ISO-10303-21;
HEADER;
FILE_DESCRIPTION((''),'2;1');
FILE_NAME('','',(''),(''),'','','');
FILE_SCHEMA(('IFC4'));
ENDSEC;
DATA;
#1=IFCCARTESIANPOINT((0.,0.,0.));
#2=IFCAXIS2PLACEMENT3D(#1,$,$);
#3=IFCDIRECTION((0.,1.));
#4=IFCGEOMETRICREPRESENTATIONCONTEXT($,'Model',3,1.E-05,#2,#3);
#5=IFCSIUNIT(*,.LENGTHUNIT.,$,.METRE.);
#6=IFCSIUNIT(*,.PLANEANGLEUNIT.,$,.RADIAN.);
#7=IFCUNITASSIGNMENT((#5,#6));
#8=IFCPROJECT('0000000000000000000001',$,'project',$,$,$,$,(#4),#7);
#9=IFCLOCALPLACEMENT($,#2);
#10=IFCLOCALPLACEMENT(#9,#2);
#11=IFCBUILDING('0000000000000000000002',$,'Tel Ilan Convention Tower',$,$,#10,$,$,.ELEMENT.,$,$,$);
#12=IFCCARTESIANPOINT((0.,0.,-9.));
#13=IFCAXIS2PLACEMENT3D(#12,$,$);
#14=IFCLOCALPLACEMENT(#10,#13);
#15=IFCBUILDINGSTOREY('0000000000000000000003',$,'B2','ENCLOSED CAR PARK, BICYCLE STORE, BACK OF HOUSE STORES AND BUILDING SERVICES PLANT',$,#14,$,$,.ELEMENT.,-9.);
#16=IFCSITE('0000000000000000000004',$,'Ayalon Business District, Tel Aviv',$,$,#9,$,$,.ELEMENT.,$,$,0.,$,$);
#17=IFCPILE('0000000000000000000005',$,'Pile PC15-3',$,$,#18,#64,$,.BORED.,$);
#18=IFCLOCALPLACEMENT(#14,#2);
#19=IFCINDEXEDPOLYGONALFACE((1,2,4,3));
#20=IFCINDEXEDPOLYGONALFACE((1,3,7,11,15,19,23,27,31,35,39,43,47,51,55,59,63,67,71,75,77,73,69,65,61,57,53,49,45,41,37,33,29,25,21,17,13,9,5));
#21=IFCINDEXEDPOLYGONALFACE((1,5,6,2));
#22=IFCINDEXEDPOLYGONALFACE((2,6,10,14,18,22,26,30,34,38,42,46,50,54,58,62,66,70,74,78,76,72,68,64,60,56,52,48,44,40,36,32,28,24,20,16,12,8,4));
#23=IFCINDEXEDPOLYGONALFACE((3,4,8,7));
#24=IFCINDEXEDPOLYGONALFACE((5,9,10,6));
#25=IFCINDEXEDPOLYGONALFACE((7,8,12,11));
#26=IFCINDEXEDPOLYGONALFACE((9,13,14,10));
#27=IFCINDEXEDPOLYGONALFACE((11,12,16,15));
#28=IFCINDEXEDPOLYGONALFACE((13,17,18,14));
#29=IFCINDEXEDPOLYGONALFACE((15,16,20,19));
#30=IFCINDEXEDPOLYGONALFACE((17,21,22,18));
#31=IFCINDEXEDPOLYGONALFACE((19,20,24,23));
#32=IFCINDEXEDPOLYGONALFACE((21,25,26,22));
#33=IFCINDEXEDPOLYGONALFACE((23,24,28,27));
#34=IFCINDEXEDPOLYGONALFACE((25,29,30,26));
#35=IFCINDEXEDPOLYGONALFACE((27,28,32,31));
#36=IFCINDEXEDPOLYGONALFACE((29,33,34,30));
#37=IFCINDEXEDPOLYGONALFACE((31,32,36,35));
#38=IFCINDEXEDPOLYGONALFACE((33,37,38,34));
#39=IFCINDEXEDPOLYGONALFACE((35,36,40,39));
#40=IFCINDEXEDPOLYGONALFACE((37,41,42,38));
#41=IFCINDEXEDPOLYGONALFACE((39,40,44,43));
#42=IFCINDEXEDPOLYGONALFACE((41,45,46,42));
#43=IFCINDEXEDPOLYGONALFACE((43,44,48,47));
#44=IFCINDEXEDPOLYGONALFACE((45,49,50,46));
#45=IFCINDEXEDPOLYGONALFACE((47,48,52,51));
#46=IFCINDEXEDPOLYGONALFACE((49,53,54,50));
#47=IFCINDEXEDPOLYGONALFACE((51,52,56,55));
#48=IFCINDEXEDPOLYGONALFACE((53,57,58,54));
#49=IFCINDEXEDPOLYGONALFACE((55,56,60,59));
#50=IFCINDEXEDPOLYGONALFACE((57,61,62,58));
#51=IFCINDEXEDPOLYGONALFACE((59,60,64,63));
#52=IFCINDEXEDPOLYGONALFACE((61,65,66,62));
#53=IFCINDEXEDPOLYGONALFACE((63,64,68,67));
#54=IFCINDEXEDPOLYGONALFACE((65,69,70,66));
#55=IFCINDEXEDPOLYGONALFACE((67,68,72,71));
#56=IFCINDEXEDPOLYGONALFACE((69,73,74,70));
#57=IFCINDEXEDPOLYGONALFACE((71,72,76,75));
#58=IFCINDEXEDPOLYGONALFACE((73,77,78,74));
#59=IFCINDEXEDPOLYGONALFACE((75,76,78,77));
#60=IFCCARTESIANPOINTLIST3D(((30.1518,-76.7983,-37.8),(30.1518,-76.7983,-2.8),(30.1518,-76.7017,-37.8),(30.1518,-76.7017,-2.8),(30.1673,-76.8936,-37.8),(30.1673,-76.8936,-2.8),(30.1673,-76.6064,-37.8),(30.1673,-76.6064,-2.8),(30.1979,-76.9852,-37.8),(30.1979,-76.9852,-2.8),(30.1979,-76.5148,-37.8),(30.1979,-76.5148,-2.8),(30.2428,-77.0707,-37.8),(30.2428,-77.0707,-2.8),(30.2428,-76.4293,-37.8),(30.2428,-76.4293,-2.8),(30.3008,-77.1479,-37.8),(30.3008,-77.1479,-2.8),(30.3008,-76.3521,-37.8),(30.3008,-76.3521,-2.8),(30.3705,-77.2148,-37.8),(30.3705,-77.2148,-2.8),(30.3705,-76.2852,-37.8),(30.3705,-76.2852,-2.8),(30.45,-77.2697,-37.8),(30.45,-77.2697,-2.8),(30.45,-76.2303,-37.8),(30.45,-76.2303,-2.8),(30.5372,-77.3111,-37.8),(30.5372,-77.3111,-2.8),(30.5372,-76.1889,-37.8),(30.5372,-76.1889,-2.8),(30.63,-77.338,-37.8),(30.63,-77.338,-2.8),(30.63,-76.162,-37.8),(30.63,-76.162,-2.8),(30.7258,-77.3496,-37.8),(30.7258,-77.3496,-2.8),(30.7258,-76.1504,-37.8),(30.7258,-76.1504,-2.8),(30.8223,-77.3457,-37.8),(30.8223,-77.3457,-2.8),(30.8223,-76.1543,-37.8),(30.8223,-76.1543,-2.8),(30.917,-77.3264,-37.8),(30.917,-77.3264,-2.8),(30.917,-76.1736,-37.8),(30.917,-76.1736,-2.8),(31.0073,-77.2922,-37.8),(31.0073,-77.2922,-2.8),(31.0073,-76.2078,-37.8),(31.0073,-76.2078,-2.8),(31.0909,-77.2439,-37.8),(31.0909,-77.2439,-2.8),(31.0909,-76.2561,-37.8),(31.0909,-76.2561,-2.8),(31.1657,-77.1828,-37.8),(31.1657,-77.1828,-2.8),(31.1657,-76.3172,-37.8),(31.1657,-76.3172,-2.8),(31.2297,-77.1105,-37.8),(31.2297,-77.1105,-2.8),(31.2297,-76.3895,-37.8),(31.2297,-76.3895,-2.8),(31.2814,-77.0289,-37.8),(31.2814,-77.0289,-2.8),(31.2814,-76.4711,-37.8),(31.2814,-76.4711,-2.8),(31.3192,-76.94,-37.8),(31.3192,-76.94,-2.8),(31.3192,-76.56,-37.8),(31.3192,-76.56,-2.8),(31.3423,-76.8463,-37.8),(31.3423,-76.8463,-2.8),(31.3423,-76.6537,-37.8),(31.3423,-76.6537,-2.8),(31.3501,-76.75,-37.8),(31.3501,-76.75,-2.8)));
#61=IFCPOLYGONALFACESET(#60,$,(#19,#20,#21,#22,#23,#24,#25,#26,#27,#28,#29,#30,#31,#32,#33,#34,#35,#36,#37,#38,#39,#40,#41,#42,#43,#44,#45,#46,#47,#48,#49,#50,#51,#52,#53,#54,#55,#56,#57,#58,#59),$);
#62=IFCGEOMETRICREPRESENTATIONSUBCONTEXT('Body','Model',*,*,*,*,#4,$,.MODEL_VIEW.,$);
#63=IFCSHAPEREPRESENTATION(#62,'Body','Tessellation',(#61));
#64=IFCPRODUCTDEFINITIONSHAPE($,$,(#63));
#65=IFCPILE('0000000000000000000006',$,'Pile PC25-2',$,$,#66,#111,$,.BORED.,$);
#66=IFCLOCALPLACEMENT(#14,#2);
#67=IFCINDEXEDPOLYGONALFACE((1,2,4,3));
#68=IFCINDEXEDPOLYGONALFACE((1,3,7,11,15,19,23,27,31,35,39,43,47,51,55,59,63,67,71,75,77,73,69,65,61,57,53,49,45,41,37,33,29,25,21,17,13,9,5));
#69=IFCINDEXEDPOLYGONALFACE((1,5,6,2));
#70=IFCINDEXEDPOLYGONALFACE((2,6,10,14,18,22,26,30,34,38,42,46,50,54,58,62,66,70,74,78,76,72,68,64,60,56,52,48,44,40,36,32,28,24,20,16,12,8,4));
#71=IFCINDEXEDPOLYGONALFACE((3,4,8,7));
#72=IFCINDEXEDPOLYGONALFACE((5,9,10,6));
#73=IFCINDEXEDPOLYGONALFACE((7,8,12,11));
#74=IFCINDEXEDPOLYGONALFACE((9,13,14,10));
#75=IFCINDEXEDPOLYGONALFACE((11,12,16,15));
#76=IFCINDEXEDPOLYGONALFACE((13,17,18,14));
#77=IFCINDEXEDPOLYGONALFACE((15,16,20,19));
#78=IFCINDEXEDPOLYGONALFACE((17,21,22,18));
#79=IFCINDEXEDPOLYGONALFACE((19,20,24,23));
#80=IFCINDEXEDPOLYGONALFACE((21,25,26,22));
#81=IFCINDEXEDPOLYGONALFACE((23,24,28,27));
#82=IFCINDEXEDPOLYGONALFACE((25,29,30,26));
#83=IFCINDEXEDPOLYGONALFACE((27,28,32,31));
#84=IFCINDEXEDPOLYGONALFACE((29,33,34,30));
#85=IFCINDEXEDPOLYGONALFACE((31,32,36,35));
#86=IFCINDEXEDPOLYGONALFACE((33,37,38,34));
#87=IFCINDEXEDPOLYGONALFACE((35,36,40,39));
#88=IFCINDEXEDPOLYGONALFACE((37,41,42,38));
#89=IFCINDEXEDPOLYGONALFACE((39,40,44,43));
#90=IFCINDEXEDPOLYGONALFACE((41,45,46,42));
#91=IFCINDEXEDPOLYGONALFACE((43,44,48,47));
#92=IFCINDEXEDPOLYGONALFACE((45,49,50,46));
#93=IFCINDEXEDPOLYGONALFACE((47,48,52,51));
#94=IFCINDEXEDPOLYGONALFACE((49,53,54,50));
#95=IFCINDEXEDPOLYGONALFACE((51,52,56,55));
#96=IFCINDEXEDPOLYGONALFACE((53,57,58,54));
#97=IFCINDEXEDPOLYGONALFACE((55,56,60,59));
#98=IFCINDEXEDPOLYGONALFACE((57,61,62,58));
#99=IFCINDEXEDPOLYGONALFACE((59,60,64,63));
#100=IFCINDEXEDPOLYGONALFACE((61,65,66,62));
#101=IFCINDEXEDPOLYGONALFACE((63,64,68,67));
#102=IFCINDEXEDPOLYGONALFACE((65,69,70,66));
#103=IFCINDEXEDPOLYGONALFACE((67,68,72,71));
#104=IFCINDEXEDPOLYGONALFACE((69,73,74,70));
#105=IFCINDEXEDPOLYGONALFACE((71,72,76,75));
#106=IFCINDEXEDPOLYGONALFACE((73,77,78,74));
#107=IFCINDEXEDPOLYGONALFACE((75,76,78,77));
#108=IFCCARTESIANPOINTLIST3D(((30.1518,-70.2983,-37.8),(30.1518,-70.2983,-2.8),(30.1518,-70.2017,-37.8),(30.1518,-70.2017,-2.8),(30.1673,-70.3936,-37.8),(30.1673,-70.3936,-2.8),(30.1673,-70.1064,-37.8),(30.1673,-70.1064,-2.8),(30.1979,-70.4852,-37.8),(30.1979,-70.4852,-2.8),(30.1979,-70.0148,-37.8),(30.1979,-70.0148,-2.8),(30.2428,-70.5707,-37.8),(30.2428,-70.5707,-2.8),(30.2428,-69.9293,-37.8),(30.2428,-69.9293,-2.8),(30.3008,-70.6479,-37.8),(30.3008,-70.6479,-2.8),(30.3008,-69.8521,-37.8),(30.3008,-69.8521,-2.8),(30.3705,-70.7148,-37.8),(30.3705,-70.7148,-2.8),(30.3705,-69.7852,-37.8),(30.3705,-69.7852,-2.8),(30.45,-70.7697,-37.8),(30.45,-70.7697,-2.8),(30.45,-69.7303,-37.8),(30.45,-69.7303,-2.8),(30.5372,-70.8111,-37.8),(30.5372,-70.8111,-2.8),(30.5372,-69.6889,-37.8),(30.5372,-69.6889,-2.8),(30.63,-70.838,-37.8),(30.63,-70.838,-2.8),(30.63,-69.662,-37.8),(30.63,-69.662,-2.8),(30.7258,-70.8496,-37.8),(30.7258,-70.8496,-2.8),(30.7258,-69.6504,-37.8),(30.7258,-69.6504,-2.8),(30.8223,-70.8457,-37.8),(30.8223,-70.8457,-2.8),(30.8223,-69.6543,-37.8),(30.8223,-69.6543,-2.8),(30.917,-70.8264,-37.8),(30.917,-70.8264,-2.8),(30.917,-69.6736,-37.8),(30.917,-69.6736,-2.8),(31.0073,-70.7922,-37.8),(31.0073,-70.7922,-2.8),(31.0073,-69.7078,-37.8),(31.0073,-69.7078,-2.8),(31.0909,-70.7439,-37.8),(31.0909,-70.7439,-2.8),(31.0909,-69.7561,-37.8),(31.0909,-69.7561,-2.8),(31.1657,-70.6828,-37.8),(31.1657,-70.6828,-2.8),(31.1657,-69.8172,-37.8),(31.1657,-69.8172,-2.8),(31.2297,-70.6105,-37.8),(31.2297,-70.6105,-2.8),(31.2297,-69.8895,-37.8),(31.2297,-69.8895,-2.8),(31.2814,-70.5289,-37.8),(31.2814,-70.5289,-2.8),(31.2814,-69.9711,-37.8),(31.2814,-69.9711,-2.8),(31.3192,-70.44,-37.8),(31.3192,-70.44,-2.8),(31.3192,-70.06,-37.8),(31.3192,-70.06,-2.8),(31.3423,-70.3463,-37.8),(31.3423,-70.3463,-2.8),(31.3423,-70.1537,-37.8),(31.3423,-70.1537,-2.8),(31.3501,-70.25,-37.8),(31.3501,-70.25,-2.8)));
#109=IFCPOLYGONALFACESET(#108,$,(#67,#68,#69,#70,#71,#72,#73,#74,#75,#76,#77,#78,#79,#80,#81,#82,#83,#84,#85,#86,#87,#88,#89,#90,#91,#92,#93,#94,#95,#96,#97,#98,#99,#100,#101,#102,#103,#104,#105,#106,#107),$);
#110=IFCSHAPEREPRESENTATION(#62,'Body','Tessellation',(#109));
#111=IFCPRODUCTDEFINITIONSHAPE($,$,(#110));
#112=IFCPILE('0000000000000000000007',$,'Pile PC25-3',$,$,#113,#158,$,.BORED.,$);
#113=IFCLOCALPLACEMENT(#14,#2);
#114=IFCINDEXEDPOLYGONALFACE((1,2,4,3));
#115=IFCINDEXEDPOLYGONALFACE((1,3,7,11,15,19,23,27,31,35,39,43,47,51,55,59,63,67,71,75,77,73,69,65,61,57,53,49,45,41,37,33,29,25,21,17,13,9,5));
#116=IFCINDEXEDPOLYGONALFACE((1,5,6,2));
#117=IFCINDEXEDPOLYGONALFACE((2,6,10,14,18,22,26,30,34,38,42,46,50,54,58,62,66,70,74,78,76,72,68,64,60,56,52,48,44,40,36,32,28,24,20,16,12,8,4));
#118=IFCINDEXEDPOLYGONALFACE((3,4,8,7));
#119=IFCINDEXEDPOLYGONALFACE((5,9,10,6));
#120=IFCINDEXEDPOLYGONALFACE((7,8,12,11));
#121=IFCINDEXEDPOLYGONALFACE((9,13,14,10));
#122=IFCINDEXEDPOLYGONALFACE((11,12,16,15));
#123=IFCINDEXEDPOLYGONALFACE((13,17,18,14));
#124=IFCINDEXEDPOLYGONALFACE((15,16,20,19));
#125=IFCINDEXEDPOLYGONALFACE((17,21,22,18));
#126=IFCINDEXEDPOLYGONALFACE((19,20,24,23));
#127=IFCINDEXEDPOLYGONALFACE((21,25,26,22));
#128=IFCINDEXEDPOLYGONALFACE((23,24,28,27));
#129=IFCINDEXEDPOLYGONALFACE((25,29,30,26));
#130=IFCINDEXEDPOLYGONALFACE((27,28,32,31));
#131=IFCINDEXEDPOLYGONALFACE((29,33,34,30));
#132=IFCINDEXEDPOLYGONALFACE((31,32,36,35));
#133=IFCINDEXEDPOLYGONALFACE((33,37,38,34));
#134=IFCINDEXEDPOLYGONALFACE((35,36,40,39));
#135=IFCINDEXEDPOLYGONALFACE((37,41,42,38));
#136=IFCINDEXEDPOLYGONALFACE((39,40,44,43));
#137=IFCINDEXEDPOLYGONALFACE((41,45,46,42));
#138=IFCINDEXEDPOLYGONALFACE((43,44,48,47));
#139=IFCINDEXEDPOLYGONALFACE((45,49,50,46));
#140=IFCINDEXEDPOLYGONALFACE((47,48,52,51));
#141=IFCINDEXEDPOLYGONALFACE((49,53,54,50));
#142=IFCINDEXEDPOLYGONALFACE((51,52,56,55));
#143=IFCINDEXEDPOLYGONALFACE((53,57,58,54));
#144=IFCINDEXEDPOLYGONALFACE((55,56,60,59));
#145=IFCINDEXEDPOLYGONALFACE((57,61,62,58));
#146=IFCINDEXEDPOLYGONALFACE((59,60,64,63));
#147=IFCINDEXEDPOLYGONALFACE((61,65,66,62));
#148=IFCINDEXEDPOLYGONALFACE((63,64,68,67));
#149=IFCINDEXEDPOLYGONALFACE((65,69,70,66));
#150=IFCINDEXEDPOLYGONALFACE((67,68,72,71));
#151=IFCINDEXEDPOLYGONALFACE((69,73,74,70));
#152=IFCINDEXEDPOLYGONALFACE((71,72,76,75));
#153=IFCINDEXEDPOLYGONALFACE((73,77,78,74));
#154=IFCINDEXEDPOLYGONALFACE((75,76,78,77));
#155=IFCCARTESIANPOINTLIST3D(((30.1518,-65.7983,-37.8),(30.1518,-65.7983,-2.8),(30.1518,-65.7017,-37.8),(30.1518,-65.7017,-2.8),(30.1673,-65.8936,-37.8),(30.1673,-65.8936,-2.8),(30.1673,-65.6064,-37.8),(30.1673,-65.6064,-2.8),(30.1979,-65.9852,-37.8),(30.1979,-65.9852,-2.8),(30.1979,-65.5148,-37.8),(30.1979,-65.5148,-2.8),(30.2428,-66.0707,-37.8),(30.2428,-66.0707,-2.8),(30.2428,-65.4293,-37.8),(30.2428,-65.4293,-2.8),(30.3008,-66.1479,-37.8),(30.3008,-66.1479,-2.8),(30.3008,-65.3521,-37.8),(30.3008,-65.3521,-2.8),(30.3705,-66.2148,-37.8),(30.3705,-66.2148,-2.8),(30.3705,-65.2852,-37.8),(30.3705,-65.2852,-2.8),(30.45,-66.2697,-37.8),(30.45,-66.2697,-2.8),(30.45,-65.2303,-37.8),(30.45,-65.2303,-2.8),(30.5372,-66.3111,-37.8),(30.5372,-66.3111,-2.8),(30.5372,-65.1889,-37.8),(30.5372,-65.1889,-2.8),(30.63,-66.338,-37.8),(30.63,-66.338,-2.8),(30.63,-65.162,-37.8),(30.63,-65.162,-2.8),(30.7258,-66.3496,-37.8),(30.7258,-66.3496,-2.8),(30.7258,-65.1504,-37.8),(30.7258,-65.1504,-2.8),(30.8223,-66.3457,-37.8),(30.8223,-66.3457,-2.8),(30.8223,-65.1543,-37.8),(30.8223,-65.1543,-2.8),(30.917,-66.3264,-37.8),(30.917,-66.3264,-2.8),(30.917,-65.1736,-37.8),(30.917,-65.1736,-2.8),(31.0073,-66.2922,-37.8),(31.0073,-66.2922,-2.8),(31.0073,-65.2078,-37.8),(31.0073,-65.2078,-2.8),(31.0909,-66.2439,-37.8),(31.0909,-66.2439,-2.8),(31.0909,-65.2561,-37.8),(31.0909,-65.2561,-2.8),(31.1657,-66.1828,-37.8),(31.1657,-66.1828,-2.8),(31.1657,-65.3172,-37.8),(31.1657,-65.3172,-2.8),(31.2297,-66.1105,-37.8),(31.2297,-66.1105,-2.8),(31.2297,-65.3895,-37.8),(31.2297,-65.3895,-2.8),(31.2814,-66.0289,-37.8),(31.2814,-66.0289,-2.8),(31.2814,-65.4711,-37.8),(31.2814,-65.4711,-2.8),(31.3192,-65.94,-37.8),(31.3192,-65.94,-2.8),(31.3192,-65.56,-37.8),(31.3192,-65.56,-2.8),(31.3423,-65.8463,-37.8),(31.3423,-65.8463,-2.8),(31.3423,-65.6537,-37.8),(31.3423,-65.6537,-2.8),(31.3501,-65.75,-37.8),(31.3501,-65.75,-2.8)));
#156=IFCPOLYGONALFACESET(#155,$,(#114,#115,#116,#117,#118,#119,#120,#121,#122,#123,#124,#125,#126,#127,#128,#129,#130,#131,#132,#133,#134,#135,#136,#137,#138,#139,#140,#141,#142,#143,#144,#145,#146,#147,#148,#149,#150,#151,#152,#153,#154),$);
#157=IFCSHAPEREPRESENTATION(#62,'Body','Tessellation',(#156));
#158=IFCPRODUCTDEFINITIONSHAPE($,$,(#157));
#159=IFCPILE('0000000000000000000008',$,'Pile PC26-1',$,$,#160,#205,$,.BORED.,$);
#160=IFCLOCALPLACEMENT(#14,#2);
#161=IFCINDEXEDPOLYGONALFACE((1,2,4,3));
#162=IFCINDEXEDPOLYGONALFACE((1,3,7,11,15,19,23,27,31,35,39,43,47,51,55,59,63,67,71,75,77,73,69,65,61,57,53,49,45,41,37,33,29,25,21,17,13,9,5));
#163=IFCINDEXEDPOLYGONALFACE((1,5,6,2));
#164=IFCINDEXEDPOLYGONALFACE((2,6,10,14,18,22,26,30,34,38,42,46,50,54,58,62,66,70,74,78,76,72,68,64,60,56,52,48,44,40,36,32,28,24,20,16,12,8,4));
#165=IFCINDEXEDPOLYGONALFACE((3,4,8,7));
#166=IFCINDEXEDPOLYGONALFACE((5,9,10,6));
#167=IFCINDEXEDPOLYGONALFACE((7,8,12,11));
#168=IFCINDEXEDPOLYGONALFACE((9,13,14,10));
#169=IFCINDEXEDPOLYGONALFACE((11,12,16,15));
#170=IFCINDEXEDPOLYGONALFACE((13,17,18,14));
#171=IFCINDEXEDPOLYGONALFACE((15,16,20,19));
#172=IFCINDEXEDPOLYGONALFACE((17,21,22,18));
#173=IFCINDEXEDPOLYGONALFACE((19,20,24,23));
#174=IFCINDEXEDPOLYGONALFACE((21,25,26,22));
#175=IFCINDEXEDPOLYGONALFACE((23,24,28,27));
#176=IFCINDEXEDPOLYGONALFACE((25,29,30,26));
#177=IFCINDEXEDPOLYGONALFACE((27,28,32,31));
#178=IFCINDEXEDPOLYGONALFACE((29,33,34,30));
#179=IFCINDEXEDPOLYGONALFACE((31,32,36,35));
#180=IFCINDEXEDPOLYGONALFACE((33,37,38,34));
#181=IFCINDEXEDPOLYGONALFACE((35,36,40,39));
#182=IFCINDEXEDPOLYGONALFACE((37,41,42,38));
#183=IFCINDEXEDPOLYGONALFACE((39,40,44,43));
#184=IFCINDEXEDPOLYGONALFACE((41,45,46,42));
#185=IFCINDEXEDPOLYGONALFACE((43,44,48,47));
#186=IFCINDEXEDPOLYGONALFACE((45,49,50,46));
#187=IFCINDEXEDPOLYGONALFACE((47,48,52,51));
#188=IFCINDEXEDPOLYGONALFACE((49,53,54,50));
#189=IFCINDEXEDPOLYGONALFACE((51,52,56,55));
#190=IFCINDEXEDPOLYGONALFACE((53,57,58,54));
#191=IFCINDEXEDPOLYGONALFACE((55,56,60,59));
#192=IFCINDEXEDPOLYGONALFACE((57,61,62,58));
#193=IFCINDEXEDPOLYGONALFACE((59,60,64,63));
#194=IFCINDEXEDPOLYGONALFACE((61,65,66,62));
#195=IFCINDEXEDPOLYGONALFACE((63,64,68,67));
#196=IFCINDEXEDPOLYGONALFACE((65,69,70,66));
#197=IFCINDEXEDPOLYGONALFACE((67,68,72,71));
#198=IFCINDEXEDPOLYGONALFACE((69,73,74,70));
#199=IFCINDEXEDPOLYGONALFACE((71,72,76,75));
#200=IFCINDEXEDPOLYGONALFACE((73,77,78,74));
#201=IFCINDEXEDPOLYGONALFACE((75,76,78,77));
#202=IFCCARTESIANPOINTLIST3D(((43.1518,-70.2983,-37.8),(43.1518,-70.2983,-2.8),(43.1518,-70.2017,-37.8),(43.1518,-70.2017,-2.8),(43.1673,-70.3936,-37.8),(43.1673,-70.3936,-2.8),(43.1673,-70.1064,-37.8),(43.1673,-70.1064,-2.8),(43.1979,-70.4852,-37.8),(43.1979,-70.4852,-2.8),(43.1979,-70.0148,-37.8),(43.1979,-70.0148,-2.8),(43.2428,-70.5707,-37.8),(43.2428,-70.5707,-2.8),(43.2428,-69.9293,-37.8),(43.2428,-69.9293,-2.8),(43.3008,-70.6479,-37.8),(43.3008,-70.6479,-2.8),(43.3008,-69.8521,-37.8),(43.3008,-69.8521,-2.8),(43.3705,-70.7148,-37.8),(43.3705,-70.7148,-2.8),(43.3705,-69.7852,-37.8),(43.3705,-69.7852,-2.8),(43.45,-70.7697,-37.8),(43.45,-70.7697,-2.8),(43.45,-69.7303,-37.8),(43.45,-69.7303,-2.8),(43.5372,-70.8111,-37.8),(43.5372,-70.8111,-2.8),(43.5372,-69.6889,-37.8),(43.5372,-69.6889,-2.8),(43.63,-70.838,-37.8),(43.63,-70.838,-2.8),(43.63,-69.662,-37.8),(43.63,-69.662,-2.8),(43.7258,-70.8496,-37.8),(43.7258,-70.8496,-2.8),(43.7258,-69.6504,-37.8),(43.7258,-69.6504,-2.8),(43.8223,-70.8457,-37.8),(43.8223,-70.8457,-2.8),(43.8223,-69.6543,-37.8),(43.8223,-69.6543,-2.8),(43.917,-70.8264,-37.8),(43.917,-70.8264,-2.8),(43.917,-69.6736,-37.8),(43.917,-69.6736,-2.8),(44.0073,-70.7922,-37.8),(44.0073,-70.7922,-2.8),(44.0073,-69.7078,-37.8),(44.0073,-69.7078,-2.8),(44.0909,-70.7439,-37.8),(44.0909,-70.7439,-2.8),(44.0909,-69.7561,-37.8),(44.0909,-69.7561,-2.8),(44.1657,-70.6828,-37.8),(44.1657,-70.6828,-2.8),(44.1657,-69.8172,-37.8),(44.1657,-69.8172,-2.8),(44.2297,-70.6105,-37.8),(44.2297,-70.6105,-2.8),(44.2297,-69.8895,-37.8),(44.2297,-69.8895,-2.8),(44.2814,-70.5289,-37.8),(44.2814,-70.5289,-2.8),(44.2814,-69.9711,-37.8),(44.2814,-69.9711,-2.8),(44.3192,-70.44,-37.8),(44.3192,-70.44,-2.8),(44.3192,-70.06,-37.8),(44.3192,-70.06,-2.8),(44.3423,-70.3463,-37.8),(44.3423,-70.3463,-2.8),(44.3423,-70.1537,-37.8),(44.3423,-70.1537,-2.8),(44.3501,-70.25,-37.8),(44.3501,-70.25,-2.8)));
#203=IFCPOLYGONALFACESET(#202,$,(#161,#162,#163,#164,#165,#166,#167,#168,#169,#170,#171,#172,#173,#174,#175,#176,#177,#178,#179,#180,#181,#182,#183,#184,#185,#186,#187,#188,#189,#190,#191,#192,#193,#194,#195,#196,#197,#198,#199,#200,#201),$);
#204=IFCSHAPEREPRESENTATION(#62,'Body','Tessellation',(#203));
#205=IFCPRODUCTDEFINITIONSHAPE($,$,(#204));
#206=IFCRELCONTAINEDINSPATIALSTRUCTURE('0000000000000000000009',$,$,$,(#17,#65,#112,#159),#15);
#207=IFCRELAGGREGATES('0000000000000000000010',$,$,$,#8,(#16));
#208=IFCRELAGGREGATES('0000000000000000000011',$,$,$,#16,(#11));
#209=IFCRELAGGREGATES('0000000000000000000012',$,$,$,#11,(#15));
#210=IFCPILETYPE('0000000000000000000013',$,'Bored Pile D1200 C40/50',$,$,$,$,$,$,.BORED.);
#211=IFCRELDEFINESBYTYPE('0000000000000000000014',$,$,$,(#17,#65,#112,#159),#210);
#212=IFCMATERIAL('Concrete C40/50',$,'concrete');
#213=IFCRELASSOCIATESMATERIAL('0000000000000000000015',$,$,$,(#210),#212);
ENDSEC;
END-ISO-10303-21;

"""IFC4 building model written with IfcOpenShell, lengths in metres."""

from ifc_helpers import new_model, si_unit, direction, frame, origin, origin_2d, place, context, subcontext, project, spatial, circle, extrude, material, material_profile, profile_set, type_object, element, save


model = new_model("IFC4")

# Units and contexts
model_context = context("Model", 3, precision=1e-05, world=origin(), true_north=direction((0.0, 1.0)))
body_context = subcontext(model_context, "Body", "Model", "MODEL_VIEW")
ifc_project = project(units=[si_unit("LENGTHUNIT", "METRE"), si_unit("PLANEANGLEUNIT", "RADIAN")], contexts=[model_context])

# Site, building, storey
site_placement = place(None, origin())
site = spatial("IfcSite", under=ifc_project, at=site_placement, Name="Ayalon Business District, Tel Aviv", CompositionType="ELEMENT", RefElevation=0.0)
building_placement = place(site_placement, origin())
building = spatial("IfcBuilding", under=site, at=building_placement, Name="Tel Ilan Convention Tower", CompositionType="ELEMENT")
storey_placement = place(building_placement, frame((0.0, 0.0, -9.0)))
storey = spatial("IfcBuildingStorey", under=building, at=storey_placement, Name="B2", Description="ENCLOSED CAR PARK, BICYCLE STORE, BACK OF HOUSE STORES AND BUILDING SERVICES PLANT", CompositionType="ELEMENT", Elevation=-9.0)

# Piles
ifc_material_1 = material(Name="Concrete C40/50", Category="concrete")
ifc_material_profile_1 = material_profile(ifc_material_1, circle(Radius=0.6001, at=origin_2d()), Name="BORED D1200")
ifc_profile_set_1 = profile_set([ifc_material_profile_1], Name="Concrete C40/50")
pile_type = type_object("IfcPileType", Name="Bored Pile D1200 C40/50", PredefinedType="BORED", material=ifc_profile_set_1)
for number, where, z_axis, x_axis, name in (
    (1, (30.75, -76.75, -2.8), (0.0, 0.0, -1.0), (1.0, 0.0, 0.0), "Pile PC15-3"),
    (2, (30.75, -70.25, -2.8), (0.0, 0.0, -1.0), (1.0, 0.0, 0.0), "Pile PC25-2"),
    (3, (30.75, -65.75, -2.8), (0.0, 0.0, -1.0), (1.0, 0.0, 0.0), "Pile PC25-3"),
    (4, (43.75, -70.25, -2.8), (0.0, 0.0, -1.0), (1.0, 0.0, 0.0), "Pile PC26-1"),
):
    element("IfcPile", number, at=place(storey_placement, frame(where, z_axis=z_axis, x_axis=x_axis)), inside=storey, type_object=pile_type, Name=name, PredefinedType="BORED", context=body_context, shape_type="SweptSolid", body=[
        extrude(circle(Radius=0.6001, at=origin_2d()), origin(), (0.0, 0.0, 1.0), 35.0),
    ])

save(model, "model.ifc")
